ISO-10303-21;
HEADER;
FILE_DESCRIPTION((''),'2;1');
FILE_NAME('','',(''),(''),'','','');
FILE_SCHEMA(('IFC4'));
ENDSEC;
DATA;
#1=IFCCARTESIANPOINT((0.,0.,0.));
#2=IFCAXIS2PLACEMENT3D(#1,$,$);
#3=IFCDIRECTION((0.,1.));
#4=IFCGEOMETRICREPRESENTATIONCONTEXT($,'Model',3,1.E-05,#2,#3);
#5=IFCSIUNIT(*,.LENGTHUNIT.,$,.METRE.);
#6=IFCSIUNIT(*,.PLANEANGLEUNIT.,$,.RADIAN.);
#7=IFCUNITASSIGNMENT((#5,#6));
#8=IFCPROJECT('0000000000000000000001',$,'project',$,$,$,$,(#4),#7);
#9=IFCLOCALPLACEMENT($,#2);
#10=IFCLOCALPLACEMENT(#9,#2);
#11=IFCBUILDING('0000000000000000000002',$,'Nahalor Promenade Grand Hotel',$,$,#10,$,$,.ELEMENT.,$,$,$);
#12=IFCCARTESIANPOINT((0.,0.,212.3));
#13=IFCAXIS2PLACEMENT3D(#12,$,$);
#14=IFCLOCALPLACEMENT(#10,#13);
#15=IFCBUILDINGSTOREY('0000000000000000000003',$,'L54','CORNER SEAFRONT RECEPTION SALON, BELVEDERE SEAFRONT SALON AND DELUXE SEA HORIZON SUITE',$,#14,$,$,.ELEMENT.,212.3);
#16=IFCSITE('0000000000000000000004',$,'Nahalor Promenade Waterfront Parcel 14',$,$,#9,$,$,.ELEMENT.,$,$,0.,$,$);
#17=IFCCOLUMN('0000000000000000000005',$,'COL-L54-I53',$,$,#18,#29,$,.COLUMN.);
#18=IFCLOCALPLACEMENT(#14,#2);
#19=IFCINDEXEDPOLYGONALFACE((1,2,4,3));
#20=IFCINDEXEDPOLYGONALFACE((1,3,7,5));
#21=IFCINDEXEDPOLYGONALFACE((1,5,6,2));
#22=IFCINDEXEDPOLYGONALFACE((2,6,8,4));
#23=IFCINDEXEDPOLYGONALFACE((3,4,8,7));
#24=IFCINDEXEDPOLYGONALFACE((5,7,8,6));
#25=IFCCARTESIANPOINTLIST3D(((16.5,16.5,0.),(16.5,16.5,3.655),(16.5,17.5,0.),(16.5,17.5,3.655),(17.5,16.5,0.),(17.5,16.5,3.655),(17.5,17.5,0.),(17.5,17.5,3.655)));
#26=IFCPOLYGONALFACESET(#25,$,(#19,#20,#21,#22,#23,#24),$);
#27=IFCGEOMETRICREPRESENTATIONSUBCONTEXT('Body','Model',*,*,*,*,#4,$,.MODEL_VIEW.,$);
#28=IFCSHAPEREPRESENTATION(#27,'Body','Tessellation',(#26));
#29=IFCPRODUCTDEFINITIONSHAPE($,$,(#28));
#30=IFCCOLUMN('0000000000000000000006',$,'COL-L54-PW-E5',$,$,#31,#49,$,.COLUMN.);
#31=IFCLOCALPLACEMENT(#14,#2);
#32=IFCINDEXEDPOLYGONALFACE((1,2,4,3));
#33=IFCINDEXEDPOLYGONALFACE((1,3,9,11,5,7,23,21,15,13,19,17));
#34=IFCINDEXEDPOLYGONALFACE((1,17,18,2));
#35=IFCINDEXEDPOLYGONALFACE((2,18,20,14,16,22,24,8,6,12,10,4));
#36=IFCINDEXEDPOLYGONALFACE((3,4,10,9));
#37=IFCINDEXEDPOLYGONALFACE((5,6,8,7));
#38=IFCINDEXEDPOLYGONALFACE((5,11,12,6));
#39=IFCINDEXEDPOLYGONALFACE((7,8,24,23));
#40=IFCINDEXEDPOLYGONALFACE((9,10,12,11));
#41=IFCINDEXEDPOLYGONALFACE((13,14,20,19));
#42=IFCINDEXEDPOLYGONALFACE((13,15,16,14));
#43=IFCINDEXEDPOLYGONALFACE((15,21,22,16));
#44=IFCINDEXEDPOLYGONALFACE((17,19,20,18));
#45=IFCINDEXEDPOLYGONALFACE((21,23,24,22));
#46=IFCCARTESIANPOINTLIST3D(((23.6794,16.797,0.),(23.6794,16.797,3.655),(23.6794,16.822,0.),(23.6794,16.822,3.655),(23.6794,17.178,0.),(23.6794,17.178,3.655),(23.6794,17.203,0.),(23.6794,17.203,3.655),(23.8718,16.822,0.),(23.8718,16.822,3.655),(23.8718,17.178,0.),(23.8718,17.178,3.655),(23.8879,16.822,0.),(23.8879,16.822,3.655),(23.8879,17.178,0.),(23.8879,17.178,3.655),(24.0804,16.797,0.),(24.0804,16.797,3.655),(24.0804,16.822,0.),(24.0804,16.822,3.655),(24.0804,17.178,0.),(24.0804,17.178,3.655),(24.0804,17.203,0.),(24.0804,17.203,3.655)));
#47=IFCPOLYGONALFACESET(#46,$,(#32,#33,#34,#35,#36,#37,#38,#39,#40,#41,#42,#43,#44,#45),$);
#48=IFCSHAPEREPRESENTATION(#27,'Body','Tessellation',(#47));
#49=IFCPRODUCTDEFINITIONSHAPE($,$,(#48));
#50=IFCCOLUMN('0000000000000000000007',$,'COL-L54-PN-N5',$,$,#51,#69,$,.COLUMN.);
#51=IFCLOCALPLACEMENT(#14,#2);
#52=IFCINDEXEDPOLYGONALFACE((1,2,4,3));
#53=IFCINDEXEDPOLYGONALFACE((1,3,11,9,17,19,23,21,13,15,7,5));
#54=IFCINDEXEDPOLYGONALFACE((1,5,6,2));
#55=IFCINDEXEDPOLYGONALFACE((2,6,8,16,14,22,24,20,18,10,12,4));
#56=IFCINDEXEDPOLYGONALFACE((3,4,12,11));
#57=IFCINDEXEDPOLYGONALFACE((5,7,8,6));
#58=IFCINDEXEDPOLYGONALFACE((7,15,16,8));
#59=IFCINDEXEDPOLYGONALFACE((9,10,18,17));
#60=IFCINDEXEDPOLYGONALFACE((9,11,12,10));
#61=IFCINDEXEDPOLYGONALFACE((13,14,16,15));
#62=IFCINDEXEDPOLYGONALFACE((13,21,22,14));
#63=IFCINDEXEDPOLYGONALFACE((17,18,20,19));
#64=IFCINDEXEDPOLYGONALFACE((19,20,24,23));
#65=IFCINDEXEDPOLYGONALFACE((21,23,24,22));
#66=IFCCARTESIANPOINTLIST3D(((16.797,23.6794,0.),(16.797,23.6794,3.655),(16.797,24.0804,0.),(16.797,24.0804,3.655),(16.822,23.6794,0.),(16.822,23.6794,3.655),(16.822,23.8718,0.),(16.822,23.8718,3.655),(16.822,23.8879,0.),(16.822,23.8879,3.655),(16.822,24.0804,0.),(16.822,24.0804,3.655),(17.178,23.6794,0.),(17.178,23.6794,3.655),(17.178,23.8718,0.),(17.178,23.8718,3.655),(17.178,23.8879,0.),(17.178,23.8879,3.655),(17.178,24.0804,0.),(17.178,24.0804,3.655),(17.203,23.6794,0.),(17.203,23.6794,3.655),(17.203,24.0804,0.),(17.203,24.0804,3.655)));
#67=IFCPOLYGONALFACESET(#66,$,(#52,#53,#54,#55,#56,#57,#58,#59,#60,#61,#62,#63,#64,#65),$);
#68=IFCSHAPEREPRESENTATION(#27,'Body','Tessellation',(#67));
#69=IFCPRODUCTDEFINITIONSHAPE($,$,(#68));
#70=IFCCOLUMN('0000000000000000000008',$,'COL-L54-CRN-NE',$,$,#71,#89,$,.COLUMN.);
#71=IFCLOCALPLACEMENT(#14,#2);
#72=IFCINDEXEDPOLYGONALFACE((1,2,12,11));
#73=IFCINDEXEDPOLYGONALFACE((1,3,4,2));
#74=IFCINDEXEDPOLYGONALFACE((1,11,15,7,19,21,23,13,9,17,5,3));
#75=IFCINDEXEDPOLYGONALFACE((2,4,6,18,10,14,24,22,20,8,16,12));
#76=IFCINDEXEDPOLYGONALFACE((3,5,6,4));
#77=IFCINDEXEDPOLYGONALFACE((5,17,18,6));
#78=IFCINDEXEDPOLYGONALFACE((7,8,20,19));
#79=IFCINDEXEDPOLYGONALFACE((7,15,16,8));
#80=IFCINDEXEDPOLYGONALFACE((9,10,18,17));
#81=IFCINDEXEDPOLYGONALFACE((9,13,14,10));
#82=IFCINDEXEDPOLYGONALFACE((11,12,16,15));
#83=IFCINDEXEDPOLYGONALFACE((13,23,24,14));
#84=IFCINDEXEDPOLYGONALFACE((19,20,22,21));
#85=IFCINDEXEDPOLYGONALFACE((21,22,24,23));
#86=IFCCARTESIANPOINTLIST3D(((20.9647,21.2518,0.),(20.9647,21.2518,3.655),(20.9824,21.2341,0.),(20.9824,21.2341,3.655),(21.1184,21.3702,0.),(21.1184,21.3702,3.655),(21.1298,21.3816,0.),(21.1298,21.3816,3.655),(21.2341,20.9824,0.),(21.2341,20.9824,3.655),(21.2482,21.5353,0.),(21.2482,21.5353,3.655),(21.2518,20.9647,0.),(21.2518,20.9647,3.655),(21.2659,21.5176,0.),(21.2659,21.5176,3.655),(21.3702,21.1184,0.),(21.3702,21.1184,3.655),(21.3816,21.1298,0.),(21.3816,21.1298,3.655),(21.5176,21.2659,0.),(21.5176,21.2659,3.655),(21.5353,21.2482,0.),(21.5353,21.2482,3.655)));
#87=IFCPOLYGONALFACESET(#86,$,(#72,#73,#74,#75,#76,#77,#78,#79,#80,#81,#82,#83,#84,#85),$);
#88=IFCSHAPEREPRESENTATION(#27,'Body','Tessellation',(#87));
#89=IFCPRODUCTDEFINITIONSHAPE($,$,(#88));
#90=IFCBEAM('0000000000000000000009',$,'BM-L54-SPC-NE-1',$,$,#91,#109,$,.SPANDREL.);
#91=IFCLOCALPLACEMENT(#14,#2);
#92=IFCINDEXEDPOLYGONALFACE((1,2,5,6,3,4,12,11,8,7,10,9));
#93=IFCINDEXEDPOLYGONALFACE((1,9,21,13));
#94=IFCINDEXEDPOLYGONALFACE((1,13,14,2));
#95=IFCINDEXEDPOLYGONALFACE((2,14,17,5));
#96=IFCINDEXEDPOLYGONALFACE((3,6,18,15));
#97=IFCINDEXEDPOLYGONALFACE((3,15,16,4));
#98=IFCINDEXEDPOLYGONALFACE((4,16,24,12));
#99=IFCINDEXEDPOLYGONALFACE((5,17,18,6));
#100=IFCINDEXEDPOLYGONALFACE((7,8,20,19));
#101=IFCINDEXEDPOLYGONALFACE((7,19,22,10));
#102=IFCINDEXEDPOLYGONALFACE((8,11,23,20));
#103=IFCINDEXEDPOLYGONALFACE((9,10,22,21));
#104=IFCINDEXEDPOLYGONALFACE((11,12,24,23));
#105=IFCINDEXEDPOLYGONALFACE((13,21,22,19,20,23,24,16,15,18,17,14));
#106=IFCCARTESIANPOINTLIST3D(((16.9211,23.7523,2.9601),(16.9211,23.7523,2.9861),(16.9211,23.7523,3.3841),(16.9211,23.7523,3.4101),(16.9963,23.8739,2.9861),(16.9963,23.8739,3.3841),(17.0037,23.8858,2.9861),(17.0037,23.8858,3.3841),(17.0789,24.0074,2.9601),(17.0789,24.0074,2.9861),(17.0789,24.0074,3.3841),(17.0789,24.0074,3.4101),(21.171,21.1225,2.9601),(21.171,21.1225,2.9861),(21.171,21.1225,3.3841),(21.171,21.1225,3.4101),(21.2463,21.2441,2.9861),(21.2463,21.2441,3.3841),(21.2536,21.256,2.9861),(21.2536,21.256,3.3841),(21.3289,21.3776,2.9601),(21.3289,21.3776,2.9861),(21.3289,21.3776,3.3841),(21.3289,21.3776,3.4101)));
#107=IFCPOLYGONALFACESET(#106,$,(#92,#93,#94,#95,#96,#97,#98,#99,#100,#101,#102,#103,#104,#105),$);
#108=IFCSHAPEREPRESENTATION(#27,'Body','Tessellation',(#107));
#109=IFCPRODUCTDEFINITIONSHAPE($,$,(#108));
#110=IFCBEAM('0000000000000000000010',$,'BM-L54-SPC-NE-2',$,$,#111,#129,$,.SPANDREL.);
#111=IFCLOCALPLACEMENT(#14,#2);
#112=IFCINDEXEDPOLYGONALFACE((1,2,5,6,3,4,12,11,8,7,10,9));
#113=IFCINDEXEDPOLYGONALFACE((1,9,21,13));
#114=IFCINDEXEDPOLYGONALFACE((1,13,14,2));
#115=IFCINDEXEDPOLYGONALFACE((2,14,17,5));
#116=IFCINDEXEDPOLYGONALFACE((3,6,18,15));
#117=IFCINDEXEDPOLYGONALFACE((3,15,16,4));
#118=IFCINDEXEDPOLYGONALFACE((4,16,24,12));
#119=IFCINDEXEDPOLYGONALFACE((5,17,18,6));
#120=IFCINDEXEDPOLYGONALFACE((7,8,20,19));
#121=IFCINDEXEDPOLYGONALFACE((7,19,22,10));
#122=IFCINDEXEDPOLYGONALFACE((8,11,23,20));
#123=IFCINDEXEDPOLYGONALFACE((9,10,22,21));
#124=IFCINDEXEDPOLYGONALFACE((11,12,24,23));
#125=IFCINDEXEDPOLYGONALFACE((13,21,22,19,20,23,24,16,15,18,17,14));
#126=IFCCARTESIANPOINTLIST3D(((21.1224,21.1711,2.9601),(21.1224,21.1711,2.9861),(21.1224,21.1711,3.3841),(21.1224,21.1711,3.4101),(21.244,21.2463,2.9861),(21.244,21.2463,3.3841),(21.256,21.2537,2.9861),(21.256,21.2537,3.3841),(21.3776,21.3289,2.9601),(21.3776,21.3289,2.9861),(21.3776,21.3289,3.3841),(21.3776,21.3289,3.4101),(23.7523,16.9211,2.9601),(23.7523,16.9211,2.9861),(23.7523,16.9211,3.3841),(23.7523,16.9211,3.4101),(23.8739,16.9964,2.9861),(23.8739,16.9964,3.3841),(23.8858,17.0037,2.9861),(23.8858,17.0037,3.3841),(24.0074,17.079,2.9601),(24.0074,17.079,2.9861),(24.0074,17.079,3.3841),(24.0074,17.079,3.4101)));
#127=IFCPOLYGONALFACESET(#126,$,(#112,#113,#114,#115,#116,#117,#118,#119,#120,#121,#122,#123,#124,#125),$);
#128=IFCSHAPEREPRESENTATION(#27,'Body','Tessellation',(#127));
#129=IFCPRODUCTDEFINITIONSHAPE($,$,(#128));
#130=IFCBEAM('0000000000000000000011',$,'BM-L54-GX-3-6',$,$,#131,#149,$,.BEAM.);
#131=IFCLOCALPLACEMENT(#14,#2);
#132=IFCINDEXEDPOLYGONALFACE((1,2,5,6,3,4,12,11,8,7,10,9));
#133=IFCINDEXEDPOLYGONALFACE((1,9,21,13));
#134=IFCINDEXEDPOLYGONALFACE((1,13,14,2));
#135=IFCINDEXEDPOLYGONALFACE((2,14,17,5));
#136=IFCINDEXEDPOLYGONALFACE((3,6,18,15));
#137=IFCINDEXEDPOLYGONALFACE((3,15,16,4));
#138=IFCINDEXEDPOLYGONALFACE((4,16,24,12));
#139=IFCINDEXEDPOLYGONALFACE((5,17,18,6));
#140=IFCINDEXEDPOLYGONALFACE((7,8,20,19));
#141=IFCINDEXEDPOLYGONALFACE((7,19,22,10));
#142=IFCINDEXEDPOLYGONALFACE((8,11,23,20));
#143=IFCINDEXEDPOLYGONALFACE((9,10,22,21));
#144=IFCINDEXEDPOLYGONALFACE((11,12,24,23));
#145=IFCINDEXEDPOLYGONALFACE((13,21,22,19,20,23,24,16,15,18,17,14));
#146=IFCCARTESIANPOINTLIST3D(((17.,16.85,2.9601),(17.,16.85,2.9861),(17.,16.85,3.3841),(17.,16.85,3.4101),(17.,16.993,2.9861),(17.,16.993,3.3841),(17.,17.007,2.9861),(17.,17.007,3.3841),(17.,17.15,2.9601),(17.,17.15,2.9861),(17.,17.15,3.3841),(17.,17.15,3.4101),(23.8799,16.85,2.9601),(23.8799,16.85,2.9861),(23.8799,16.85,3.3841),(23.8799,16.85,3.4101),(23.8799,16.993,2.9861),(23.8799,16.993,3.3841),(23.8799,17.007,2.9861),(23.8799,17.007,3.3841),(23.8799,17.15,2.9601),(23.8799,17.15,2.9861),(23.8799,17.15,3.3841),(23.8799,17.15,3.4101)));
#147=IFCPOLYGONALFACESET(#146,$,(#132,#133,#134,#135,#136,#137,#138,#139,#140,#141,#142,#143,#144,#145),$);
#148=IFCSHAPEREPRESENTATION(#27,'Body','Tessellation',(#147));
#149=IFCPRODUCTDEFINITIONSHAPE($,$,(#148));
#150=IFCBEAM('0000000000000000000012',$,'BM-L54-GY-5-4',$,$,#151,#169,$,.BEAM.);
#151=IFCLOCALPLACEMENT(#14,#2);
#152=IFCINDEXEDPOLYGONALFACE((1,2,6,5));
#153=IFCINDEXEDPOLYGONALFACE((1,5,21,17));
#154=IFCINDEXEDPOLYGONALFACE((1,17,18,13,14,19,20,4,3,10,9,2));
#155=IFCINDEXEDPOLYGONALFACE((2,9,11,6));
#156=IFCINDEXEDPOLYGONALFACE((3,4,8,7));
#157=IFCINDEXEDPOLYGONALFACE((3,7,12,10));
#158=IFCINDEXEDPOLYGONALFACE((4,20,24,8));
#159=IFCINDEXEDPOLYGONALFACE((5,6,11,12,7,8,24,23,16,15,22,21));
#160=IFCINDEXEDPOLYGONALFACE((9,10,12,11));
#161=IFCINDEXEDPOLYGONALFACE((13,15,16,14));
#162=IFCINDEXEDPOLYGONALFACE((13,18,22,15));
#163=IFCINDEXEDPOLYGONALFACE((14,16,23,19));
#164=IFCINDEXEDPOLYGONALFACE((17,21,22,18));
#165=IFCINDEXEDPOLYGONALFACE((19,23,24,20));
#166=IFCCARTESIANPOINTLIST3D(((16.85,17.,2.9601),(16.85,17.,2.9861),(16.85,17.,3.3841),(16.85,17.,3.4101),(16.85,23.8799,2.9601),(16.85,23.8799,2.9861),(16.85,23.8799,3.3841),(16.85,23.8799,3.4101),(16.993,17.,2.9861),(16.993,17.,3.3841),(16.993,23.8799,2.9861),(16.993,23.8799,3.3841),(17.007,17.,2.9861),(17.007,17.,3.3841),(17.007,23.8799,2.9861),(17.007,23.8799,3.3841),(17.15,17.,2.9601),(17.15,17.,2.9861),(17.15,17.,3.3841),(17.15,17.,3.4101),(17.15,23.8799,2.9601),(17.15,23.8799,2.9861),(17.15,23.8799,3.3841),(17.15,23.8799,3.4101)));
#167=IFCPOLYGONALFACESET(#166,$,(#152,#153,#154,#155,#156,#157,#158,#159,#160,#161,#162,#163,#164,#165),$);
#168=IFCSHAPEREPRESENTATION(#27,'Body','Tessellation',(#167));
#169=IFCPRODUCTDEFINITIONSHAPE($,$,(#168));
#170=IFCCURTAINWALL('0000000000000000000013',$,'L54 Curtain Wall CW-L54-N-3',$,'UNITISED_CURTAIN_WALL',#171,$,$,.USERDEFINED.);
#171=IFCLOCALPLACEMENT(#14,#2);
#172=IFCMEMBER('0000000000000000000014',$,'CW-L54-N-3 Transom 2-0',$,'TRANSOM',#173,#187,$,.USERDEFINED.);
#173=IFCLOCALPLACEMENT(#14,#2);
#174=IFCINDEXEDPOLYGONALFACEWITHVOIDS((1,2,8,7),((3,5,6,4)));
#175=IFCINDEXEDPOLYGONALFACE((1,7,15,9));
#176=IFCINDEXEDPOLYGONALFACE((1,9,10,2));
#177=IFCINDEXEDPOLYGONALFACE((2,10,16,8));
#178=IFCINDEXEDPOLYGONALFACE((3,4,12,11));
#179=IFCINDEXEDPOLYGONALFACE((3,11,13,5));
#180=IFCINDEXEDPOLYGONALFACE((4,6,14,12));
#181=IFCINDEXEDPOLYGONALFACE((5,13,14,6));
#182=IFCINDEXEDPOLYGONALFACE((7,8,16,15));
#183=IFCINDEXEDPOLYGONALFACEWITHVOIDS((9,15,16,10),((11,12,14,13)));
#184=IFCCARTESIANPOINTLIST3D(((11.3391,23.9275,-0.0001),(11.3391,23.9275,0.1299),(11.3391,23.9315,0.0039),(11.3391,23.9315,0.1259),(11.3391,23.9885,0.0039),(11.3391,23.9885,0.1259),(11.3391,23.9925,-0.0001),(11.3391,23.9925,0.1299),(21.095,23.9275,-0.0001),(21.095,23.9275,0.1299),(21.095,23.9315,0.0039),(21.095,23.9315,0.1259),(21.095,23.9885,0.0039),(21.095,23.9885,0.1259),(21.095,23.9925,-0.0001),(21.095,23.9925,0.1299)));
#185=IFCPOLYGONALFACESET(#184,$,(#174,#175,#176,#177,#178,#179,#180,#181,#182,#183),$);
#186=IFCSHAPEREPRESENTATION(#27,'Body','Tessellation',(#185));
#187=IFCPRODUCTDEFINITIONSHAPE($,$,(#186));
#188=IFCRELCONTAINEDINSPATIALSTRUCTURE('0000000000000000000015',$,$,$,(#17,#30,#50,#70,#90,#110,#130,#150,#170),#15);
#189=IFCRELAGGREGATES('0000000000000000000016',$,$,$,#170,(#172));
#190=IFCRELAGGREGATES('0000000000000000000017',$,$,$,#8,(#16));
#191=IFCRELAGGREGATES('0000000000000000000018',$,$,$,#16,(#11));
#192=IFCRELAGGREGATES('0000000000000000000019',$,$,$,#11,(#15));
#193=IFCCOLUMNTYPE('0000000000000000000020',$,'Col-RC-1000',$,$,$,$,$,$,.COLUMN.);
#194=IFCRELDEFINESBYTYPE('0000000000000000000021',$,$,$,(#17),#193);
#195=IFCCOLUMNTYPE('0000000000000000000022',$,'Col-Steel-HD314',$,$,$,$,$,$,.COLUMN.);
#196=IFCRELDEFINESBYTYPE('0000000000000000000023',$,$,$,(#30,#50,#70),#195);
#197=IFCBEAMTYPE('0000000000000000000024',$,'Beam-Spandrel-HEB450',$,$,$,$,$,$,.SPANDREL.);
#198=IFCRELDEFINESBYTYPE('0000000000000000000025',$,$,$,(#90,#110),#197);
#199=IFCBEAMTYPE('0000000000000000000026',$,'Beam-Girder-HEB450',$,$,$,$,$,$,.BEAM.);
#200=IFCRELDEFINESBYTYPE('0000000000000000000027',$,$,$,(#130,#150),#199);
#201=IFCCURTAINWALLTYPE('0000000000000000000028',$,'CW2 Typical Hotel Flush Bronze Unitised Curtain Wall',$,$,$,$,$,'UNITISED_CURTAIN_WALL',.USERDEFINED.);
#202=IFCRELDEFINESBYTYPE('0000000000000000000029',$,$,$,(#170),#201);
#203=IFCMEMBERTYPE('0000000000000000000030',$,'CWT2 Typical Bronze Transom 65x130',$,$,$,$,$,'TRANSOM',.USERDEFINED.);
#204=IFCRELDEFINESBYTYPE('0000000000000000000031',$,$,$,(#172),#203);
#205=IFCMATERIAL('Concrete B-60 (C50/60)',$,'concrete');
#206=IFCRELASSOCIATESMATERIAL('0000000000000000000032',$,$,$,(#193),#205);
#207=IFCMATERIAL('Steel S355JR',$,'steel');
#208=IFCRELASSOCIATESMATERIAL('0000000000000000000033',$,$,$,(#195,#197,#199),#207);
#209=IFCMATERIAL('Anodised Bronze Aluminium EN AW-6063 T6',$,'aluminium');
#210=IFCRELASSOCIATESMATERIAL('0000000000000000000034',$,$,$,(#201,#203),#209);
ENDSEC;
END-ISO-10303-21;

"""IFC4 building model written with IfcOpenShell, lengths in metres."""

from ifc_helpers import new_model, si_unit, direction, frame, origin, origin_2d, place, context, subcontext, project, spatial, rectangle, hollow_rectangle, i_section, extrude, source, transform, mapped, material, material_profile, profile_set, type_object, element, aggregate, save


model = new_model("IFC4")

# Units and contexts
model_context = context("Model", 3, precision=1e-05, world=origin(), true_north=direction((0.0, 1.0)))
body_context = subcontext(model_context, "Body", "Model", "MODEL_VIEW")
ifc_project = project(units=[si_unit("LENGTHUNIT", "METRE"), si_unit("PLANEANGLEUNIT", "RADIAN")], contexts=[model_context])

# Site, building, storey
site_placement = place(None, origin())
site = spatial("IfcSite", under=ifc_project, at=site_placement, Name="Nahalor Promenade Waterfront Parcel 14", CompositionType="ELEMENT", RefElevation=0.0)
building_placement = place(site_placement, origin())
building = spatial("IfcBuilding", under=site, at=building_placement, Name="Nahalor Promenade Grand Hotel", CompositionType="ELEMENT")
storey_placement = place(building_placement, frame((0.0, 0.0, 212.3)))
storey = spatial("IfcBuildingStorey", under=building, at=storey_placement, Name="L54", Description="CORNER SEAFRONT RECEPTION SALON, BELVEDERE SEAFRONT SALON AND DELUXE SEA HORIZON SUITE", CompositionType="ELEMENT", Elevation=212.3)

# Columns
ifc_material_1 = material(Name="Concrete B-60 (C50/60)", Category="concrete")
ifc_material_profile_1 = material_profile(ifc_material_1, rectangle(XDim=1.0, YDim=1.0, at=origin_2d()), Name="RC 1000x1000")
ifc_profile_set_1 = profile_set([ifc_material_profile_1], Name="Concrete B-60 (C50/60)")
column_type_1 = type_object("IfcColumnType", Name="Col-RC-1000", PredefinedType="COLUMN", material=ifc_profile_set_1)
shared_shape_1 = source(origin(), body_context, "Body", "SweptSolid", [
    extrude(rectangle(XDim=1.0, YDim=1.0, at=origin_2d()), origin(), (0.0, 0.0, 1.0), 3.655),
])
column_placement = place(storey_placement, frame((17.0, 17.0, 0.0), z_axis=(0.0, 0.0, 1.0), x_axis=(1.0, 0.0, 0.0)))
element("IfcColumn", 1, at=column_placement, inside=storey, type_object=column_type_1, Name="COL-L54-I53", PredefinedType="COLUMN", context=body_context, shape_type="MappedRepresentation", body=[
    mapped(shared_shape_1, transform((0.0, 0.0, 0.0), scale=1.0)),
])
ifc_material_2 = material(Name="Steel S355JR", Category="steel")
ifc_material_profile_2 = material_profile(ifc_material_2, i_section(OverallWidth=0.401, OverallDepth=0.406, WebThickness=0.0161, FlangeThickness=0.025, at=origin_2d()), Name="HD 400x314")
ifc_profile_set_2 = profile_set([ifc_material_profile_2], Name="Steel S355JR")
column_type_2 = type_object("IfcColumnType", Name="Col-Steel-HD314", PredefinedType="COLUMN", material=ifc_profile_set_2)
shared_shape_2 = source(origin(), body_context, "Body", "SweptSolid", [
    extrude(i_section(OverallWidth=0.401, OverallDepth=0.406, WebThickness=0.0161, FlangeThickness=0.025, at=origin_2d()), origin(), (0.0, 0.0, 1.0), 3.655),
])
for number, where, z_axis, x_axis, name in (
    (2, (23.8799, 17.0, 0.0), (0.0, 0.0, 1.0), (1.0, 0.0, 0.0), "COL-L54-PW-E5"),
    (3, (17.0, 23.8799, 0.0), (0.0, 0.0, 1.0), (0.0, 1.0, 0.0), "COL-L54-PN-N5"),
    (4, (21.25, 21.25, 0.0), (0.0, 0.0, 1.0), (0.707107, 0.707107, 0.0), "COL-L54-CRN-NE"),
):
    element("IfcColumn", number, at=place(storey_placement, frame(where, z_axis=z_axis, x_axis=x_axis)), inside=storey, type_object=column_type_2, Name=name, PredefinedType="COLUMN", context=body_context, shape_type="MappedRepresentation", body=[
        mapped(shared_shape_2, transform((0.0, 0.0, 0.0), scale=1.0)),
    ])

# Beams
ifc_material_profile_3 = material_profile(ifc_material_2, i_section(OverallWidth=0.3, OverallDepth=0.45, WebThickness=0.014, FlangeThickness=0.026, at=origin_2d()), Name="HEB 450")
ifc_profile_set_3 = profile_set([ifc_material_profile_3], Name="Steel S355JR")
beam_type_1 = type_object("IfcBeamType", Name="Beam-Spandrel-HEB450", PredefinedType="SPANDREL", material=ifc_profile_set_3)
shared_shape_3 = source(origin(), body_context, "Body", "SweptSolid", [
    extrude(i_section(OverallWidth=0.3, OverallDepth=0.45, WebThickness=0.014, FlangeThickness=0.026, at=origin_2d()), origin(), (0.0, 0.0, 1.0), 4.9978),
])
for number, where, z_axis, x_axis, name in (
    (5, (17.0, 23.8799, 3.1851), (0.850361, -0.5262, 0.0), (0.5262, 0.850361, 0.0), "BM-L54-SPC-NE-1"),
    (6, (21.25, 21.25, 3.1851), (0.5262, -0.850361, 0.0), (0.850361, 0.5262, 0.0), "BM-L54-SPC-NE-2"),
):
    element("IfcBeam", number, at=place(storey_placement, frame(where, z_axis=z_axis, x_axis=x_axis)), inside=storey, type_object=beam_type_1, Name=name, PredefinedType="SPANDREL", context=body_context, shape_type="MappedRepresentation", body=[
        mapped(shared_shape_3, transform((0.0, 0.0, 0.0), scale=1.0)),
    ])
ifc_material_profile_4 = material_profile(ifc_material_2, i_section(OverallWidth=0.3, OverallDepth=0.45, WebThickness=0.014, FlangeThickness=0.026, at=origin_2d()), Name="HEB 450")
ifc_profile_set_4 = profile_set([ifc_material_profile_4], Name="Steel S355JR")
beam_type_2 = type_object("IfcBeamType", Name="Beam-Girder-HEB450", PredefinedType="BEAM", material=ifc_profile_set_4)
shared_shape_4 = source(origin(), body_context, "Body", "SweptSolid", [
    extrude(i_section(OverallWidth=0.3, OverallDepth=0.45, WebThickness=0.014, FlangeThickness=0.026, at=origin_2d()), origin(), (0.0, 0.0, 1.0), 6.8799),
])
for number, where, z_axis, x_axis, name in (
    (7, (17.0, 17.0, 3.1851), (1.0, 0.0, 0.0), (0.0, 1.0, 0.0), "BM-L54-GX-3-6"),
    (8, (17.0, 17.0, 3.1851), (0.0, 1.0, 0.0), (-1.0, 0.0, 0.0), "BM-L54-GY-5-4"),
):
    element("IfcBeam", number, at=place(storey_placement, frame(where, z_axis=z_axis, x_axis=x_axis)), inside=storey, type_object=beam_type_2, Name=name, PredefinedType="BEAM", context=body_context, shape_type="MappedRepresentation", body=[
        mapped(shared_shape_4, transform((0.0, 0.0, 0.0), scale=1.0)),
    ])

# Curtain wall, member
ifc_material_3 = material(Name="Anodised Bronze Aluminium EN AW-6063 T6", Category="aluminium")
curtain_wall_type = type_object("IfcCurtainWallType", Name="CW2 Typical Hotel Flush Bronze Unitised Curtain Wall", ElementType="UNITISED_CURTAIN_WALL", PredefinedType="USERDEFINED", material=ifc_material_3)
curtain_wall_1_placement = place(storey_placement, origin())
curtain_wall_1 = element("IfcCurtainWall", 9, at=curtain_wall_1_placement, inside=storey, type_object=curtain_wall_type, Name="L54 Curtain Wall CW-L54-N-3", ObjectType="UNITISED_CURTAIN_WALL", PredefinedType="USERDEFINED")
ifc_material_profile_5 = material_profile(ifc_material_3, hollow_rectangle(XDim=0.065, YDim=0.13, WallThickness=0.004, at=origin_2d()), Name="CWT 65x130x4")
ifc_profile_set_5 = profile_set([ifc_material_profile_5], Name="Anodised Bronze Aluminium EN AW-6063 T6")
member_type_1 = type_object("IfcMemberType", Name="CWT2 Typical Bronze Transom 65x130", ElementType="TRANSOM", PredefinedType="USERDEFINED", material=ifc_profile_set_5)
shared_shape_5 = source(origin(), body_context, "Body", "SweptSolid", [
    extrude(hollow_rectangle(XDim=0.065, YDim=0.13, WallThickness=0.004, at=origin_2d()), origin(), (0.0, 0.0, 1.0), 9.7559),
])
member_1_placement = place(storey_placement, frame((11.3391, 23.96, 0.0649), z_axis=(1.0, 0.0, 0.0), x_axis=(0.0, 1.0, 0.0)))
member_1 = element("IfcMember", 10, at=member_1_placement, type_object=member_type_1, Name="CW-L54-N-3 Transom 2-0", ObjectType="TRANSOM", PredefinedType="USERDEFINED", context=body_context, shape_type="MappedRepresentation", body=[
    mapped(shared_shape_5, transform((0.0, 0.0, 0.0), scale=1.0)),
])

aggregate(curtain_wall_1, [member_1])

save(model, "model.ifc")
